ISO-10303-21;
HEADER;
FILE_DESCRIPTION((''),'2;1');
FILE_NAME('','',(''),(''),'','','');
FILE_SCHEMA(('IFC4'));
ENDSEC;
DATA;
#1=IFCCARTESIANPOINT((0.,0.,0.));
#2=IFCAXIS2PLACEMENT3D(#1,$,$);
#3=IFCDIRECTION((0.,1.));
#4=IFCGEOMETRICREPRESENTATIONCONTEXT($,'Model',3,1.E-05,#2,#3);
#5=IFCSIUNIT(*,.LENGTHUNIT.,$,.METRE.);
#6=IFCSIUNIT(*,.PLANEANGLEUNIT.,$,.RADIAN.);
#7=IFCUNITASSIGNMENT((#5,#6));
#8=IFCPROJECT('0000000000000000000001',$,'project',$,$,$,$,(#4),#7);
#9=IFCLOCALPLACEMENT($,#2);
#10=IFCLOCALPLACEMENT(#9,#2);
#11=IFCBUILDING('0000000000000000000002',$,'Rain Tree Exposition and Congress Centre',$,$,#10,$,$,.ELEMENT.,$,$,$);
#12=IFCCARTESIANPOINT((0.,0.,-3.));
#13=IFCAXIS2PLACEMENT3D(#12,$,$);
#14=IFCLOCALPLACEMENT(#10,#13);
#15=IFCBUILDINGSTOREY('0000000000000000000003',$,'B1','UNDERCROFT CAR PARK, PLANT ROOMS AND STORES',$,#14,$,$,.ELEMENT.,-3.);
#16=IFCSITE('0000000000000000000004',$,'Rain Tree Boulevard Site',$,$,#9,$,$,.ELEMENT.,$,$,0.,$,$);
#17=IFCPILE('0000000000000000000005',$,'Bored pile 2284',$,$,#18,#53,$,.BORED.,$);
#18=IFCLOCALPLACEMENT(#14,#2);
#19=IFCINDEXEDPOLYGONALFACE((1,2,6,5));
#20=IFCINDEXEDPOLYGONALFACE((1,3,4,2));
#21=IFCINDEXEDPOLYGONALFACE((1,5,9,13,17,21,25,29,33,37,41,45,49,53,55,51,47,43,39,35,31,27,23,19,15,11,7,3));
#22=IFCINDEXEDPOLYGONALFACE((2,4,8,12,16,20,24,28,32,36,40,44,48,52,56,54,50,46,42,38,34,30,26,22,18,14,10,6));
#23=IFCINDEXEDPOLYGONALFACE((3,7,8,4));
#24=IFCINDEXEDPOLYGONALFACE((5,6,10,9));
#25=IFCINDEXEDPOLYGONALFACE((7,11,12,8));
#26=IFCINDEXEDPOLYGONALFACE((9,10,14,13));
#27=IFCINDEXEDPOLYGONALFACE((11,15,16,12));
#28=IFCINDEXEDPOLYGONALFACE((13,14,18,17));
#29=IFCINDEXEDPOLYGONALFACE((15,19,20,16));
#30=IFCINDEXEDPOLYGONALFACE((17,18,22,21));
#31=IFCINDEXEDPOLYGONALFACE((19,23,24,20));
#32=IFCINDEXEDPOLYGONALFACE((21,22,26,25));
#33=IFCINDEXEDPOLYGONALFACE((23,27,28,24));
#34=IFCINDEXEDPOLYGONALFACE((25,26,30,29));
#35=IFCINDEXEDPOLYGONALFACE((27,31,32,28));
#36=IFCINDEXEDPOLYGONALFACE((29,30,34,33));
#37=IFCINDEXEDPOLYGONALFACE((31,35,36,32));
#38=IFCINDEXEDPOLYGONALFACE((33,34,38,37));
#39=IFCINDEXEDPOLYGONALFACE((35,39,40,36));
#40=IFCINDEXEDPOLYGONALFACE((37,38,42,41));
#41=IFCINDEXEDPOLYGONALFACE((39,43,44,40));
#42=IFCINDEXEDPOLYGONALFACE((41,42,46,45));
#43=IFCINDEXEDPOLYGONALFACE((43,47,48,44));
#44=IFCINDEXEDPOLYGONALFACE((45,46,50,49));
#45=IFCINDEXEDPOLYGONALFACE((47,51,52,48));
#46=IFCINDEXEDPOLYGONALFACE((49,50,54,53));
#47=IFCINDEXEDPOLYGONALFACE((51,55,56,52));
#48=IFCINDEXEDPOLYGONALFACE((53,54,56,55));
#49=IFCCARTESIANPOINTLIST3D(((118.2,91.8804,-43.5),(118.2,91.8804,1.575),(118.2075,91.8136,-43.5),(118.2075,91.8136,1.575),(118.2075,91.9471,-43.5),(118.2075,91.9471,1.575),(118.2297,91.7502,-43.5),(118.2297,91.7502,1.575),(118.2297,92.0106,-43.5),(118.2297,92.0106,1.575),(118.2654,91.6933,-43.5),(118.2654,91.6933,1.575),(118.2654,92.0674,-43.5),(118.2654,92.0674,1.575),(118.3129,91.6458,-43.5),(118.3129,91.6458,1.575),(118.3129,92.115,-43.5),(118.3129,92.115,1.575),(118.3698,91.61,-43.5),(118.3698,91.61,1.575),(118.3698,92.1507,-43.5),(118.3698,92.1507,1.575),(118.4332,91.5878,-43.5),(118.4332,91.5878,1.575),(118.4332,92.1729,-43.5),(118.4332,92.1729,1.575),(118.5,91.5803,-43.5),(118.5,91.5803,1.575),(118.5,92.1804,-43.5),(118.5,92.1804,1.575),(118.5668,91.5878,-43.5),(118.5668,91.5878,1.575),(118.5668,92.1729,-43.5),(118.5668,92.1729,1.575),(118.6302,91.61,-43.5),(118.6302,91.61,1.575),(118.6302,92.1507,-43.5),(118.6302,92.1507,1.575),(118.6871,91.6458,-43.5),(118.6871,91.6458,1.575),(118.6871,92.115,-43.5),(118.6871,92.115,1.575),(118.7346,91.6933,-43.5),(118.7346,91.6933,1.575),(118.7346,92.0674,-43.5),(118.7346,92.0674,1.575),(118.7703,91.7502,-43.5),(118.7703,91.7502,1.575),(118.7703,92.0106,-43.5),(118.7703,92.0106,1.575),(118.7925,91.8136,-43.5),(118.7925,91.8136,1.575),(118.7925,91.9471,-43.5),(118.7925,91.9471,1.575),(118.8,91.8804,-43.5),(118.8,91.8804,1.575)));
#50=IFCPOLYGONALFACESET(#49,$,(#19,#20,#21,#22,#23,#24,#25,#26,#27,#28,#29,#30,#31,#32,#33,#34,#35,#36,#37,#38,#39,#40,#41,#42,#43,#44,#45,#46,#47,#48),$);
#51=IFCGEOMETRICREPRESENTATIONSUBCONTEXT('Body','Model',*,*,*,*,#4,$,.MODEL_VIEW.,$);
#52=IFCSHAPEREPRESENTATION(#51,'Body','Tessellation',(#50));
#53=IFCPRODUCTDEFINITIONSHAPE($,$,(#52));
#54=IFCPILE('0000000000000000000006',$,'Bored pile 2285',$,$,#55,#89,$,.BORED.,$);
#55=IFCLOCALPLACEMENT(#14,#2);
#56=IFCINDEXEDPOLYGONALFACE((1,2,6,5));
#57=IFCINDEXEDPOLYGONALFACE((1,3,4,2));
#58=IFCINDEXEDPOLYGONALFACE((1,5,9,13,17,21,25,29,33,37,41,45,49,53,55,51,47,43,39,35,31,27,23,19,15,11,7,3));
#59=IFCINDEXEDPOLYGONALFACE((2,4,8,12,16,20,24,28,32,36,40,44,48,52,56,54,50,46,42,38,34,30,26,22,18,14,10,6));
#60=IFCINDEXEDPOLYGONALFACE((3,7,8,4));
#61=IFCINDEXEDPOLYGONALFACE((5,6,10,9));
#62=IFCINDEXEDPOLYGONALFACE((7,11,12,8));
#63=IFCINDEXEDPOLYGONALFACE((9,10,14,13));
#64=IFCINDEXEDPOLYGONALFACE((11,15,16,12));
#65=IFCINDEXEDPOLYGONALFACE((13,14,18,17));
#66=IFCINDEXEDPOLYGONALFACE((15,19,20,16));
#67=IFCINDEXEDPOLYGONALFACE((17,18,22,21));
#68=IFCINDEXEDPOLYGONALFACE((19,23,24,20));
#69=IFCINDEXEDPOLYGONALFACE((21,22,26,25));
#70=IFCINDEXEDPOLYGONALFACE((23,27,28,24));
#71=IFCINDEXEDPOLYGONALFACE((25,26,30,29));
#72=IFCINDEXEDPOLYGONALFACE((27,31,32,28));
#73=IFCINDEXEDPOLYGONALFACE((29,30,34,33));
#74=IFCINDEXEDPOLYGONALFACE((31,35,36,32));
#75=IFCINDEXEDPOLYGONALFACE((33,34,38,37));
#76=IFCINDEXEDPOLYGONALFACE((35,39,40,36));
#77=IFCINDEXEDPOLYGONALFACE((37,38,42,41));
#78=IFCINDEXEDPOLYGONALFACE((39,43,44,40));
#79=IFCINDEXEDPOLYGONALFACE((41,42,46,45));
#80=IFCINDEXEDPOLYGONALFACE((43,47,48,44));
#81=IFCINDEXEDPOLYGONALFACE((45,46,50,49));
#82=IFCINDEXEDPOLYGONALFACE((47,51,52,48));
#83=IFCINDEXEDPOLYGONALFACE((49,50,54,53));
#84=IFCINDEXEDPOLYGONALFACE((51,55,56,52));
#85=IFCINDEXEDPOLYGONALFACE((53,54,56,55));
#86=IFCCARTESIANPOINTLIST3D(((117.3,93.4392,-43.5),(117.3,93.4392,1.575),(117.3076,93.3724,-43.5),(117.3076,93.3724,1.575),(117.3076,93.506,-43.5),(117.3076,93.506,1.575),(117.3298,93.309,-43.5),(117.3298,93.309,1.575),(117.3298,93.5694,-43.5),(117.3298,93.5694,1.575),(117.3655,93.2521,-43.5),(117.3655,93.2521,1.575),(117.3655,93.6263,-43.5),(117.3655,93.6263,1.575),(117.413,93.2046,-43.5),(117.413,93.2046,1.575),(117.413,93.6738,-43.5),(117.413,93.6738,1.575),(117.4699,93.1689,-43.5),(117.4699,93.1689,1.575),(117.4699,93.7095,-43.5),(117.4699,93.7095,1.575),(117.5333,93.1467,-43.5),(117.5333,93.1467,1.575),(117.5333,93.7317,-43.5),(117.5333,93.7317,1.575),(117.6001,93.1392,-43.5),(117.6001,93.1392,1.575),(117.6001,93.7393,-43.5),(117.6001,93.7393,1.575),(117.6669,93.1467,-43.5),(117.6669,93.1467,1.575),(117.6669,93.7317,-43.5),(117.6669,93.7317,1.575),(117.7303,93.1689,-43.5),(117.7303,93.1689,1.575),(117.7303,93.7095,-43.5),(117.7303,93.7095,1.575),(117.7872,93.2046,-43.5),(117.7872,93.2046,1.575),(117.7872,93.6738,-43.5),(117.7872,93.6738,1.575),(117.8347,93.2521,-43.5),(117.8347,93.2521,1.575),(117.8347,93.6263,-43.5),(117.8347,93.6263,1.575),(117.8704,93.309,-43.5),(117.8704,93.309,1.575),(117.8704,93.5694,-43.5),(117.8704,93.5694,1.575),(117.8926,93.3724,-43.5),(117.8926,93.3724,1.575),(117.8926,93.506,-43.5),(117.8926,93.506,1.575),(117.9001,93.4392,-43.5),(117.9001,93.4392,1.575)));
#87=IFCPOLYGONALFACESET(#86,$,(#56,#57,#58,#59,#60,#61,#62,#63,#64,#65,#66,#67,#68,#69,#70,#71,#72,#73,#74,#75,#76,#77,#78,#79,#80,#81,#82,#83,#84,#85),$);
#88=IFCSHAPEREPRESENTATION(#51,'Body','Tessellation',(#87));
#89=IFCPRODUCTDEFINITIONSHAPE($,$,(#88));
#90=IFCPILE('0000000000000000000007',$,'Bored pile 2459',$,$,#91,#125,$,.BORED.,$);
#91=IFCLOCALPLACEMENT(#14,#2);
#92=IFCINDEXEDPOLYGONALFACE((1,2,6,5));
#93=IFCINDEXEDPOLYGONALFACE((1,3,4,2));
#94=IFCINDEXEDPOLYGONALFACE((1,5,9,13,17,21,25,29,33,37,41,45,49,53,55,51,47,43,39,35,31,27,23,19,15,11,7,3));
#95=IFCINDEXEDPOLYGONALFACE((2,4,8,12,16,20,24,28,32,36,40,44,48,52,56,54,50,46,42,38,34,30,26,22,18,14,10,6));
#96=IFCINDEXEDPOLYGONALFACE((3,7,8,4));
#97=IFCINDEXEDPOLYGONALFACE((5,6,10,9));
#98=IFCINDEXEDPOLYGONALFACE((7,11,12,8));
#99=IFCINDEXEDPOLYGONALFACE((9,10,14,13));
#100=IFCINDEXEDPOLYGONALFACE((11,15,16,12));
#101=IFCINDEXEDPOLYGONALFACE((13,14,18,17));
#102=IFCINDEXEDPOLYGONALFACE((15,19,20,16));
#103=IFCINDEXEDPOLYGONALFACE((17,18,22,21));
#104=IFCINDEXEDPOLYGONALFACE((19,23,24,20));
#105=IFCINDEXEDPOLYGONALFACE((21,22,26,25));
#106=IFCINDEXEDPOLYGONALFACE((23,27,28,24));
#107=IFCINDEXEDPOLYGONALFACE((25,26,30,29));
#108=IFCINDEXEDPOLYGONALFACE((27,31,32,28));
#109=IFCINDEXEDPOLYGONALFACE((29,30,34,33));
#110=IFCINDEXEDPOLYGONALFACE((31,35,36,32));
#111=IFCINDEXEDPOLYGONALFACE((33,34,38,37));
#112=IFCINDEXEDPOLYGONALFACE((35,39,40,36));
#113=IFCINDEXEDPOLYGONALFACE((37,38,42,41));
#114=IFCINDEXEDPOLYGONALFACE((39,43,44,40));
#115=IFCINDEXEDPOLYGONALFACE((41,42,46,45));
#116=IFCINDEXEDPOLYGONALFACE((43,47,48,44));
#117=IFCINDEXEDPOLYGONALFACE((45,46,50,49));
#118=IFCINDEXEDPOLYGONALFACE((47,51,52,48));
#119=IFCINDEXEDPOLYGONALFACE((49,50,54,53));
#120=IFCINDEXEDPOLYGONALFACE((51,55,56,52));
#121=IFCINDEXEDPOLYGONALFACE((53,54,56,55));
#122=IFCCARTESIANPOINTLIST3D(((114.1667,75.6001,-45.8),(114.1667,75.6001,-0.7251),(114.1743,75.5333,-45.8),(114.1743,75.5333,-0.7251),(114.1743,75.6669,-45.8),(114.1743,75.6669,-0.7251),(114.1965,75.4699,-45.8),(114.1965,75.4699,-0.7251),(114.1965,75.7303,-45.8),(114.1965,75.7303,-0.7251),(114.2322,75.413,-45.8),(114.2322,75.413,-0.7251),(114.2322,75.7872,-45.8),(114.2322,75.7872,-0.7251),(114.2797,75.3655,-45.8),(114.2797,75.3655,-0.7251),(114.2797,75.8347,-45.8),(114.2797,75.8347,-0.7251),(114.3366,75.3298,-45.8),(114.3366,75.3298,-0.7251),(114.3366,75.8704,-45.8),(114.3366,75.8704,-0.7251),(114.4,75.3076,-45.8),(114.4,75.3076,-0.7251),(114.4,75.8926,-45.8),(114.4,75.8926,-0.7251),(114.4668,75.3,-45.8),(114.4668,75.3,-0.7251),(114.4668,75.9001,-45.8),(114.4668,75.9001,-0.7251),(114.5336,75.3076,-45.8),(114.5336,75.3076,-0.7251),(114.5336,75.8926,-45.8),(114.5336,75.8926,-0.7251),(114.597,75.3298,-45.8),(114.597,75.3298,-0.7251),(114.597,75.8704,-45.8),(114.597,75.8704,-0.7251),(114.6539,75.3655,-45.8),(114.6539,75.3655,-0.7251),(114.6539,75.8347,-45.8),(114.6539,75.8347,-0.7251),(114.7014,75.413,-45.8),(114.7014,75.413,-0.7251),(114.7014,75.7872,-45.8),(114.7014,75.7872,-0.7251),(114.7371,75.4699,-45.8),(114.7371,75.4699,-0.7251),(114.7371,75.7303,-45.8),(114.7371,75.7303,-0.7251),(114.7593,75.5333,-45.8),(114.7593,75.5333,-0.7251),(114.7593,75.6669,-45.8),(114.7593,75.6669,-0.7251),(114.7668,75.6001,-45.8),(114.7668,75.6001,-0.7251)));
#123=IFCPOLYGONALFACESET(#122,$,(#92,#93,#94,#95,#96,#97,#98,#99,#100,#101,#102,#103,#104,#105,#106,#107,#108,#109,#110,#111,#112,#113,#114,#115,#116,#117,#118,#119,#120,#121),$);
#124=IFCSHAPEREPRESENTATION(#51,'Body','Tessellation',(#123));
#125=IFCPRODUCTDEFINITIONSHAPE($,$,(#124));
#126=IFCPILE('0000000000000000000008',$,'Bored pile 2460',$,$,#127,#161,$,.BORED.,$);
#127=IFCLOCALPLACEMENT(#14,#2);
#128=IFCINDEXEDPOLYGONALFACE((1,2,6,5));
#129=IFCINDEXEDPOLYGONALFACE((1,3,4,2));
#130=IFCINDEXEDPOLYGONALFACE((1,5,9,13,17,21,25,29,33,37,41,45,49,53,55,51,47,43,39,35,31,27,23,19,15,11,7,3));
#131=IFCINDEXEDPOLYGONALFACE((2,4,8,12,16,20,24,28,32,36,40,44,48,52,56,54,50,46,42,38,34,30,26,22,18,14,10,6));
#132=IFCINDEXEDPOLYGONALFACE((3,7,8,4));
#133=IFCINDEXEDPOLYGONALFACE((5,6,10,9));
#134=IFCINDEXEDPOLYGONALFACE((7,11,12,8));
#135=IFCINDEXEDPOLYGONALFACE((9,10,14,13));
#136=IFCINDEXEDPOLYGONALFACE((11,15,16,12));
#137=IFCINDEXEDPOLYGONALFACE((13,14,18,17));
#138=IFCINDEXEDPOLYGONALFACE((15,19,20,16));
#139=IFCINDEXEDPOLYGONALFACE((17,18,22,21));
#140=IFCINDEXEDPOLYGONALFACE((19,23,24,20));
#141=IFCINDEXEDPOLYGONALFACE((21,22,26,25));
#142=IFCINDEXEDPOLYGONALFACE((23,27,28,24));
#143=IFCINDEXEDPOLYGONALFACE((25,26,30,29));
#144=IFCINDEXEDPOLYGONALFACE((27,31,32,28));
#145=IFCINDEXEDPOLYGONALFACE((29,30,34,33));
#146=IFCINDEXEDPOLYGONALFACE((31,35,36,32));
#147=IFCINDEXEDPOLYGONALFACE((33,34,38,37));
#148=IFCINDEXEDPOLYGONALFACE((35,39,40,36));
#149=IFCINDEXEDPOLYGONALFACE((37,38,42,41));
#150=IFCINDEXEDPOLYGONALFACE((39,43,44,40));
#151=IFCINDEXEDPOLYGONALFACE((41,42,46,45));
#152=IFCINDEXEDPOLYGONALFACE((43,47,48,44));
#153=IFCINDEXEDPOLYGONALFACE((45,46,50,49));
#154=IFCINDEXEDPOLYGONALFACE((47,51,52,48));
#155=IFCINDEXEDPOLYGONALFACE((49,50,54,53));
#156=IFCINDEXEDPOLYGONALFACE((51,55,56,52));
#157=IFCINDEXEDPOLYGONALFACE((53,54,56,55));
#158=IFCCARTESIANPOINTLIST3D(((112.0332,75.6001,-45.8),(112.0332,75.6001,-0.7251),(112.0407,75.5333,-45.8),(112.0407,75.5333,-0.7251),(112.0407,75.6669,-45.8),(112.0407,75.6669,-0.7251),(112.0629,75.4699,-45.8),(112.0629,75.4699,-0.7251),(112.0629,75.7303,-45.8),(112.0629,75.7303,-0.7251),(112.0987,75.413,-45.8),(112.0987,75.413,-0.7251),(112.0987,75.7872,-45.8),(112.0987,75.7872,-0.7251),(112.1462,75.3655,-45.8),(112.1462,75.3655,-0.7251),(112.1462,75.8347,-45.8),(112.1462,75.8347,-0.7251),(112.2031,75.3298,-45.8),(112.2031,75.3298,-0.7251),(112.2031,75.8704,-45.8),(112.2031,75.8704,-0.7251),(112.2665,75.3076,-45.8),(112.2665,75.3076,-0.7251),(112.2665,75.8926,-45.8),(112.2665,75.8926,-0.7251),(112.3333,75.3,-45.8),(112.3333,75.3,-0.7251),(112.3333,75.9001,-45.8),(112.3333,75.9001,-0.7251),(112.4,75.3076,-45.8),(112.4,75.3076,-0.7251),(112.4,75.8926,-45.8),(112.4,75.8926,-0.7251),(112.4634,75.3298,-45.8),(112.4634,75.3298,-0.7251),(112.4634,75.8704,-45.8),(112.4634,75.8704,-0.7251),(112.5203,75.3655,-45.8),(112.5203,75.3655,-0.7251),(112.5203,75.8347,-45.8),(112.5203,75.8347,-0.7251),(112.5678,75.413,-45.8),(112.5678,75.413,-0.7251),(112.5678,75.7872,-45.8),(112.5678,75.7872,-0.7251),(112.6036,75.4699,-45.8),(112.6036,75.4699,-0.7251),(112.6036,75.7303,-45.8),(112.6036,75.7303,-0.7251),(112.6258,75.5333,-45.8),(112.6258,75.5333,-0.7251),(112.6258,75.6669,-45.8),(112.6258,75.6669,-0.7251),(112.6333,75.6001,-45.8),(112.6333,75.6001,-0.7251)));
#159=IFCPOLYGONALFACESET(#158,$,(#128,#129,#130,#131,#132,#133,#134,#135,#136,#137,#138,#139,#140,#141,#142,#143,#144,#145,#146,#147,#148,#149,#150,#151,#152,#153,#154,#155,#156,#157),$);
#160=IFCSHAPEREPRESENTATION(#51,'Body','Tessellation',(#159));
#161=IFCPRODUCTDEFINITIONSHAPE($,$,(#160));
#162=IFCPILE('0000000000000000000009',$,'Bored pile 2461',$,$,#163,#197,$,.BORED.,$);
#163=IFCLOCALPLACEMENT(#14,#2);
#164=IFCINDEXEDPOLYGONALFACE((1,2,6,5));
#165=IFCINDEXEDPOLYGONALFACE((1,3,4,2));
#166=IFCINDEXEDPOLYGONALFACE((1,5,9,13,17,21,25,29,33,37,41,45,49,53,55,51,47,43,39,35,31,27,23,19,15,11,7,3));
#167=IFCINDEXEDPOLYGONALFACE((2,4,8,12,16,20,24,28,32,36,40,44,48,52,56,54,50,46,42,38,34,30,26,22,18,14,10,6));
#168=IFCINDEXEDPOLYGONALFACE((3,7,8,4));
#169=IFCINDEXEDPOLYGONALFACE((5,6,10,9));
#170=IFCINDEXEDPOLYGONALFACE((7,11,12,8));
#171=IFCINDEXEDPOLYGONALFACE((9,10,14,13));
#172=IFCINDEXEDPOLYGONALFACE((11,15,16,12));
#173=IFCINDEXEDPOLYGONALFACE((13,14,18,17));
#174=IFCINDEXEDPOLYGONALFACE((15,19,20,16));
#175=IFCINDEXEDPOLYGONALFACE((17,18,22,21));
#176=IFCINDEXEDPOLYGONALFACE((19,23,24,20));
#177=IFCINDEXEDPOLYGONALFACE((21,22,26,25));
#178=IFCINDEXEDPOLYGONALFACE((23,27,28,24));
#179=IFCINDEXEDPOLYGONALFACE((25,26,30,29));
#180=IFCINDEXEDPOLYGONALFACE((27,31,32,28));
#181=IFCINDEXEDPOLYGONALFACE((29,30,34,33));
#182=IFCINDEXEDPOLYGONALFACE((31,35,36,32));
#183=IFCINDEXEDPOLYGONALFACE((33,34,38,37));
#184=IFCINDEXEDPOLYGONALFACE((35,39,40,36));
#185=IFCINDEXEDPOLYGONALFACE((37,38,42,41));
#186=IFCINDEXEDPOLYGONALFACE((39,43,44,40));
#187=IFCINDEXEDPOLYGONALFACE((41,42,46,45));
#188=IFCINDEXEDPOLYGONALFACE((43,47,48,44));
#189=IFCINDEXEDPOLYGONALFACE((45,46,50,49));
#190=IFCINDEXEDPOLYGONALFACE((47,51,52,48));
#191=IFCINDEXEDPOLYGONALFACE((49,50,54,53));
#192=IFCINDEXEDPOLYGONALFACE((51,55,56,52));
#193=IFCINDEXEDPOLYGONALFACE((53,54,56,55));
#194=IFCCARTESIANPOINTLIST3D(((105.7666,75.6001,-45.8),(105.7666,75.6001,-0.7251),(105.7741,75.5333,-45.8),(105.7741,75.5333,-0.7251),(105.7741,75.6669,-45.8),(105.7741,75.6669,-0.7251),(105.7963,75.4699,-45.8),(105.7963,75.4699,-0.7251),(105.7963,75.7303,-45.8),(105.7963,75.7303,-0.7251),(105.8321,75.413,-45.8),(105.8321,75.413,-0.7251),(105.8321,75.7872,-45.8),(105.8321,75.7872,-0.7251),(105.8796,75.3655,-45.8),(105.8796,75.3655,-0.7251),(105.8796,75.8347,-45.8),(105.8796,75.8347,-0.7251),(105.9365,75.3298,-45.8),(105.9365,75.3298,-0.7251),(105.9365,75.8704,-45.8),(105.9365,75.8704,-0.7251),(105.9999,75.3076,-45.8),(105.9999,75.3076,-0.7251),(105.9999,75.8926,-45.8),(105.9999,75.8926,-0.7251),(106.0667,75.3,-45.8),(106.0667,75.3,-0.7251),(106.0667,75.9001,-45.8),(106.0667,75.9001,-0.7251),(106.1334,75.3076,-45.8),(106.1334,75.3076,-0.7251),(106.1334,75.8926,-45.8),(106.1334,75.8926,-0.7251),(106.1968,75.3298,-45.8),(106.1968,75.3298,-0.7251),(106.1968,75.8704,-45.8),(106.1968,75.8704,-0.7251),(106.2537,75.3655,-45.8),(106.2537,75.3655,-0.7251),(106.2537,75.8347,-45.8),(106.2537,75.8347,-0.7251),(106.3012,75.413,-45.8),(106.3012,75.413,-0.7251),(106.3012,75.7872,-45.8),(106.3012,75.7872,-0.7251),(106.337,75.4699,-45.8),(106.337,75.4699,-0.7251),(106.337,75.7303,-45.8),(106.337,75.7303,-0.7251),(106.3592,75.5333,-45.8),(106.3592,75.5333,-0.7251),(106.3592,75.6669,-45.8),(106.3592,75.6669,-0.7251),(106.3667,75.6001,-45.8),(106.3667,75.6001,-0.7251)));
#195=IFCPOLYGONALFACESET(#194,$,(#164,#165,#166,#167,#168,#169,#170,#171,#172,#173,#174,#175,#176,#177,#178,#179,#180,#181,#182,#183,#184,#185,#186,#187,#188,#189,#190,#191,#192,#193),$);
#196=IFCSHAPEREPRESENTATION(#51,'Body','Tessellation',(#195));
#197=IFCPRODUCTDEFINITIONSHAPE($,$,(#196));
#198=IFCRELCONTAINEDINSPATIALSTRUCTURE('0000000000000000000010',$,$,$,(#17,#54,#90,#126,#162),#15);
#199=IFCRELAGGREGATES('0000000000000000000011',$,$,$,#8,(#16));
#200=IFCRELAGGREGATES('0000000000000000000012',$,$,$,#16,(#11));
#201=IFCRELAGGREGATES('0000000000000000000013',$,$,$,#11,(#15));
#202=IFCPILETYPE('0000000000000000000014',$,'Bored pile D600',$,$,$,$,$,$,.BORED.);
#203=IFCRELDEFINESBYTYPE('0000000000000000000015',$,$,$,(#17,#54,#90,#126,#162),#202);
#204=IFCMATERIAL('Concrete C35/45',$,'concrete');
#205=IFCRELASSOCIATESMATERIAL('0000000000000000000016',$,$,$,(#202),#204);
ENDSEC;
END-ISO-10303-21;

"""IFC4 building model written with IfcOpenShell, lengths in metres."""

from ifc_helpers import new_model, si_unit, direction, frame, origin, origin_2d, place, context, subcontext, project, spatial, circle, extrude, material, material_profile, profile_set, type_object, element, save


model = new_model("IFC4")

# Units and contexts
model_context = context("Model", 3, precision=1e-05, world=origin(), true_north=direction((0.0, 1.0)))
body_context = subcontext(model_context, "Body", "Model", "MODEL_VIEW")
ifc_project = project(units=[si_unit("LENGTHUNIT", "METRE"), si_unit("PLANEANGLEUNIT", "RADIAN")], contexts=[model_context])

# Site, building, storey
site_placement = place(None, origin())
site = spatial("IfcSite", under=ifc_project, at=site_placement, Name="Rain Tree Boulevard Site", CompositionType="ELEMENT", RefElevation=0.0)
building_placement = place(site_placement, origin())
building = spatial("IfcBuilding", under=site, at=building_placement, Name="Rain Tree Exposition and Congress Centre", CompositionType="ELEMENT")
storey_placement = place(building_placement, frame((0.0, 0.0, -3.0)))
storey = spatial("IfcBuildingStorey", under=building, at=storey_placement, Name="B1", Description="UNDERCROFT CAR PARK, PLANT ROOMS AND STORES", CompositionType="ELEMENT", Elevation=-3.0)

# Piles
ifc_material_1 = material(Name="Concrete C35/45", Category="concrete")
ifc_material_profile_1 = material_profile(ifc_material_1, circle(Radius=0.3, at=origin_2d()), Name="D600")
ifc_profile_set_1 = profile_set([ifc_material_profile_1], Name="Concrete C35/45")
pile_type_1 = type_object("IfcPileType", Name="Bored pile D600", PredefinedType="BORED", material=ifc_profile_set_1)
for number, where, z_axis, x_axis, name in (
    (1, (118.5, 91.8804, 1.575), (0.0, 0.0, -1.0), (1.0, 0.0, 0.0), "Bored pile 2284"),
    (2, (117.6001, 93.4392, 1.575), (0.0, 0.0, -1.0), (1.0, 0.0, 0.0), "Bored pile 2285"),
    (3, (114.4668, 75.6001, -0.7251), (0.0, 0.0, -1.0), (1.0, 0.0, 0.0), "Bored pile 2459"),
    (4, (112.3333, 75.6001, -0.7251), (0.0, 0.0, -1.0), (1.0, 0.0, 0.0), "Bored pile 2460"),
    (5, (106.0667, 75.6001, -0.7251), (0.0, 0.0, -1.0), (1.0, 0.0, 0.0), "Bored pile 2461"),
):
    element("IfcPile", number, at=place(storey_placement, frame(where, z_axis=z_axis, x_axis=x_axis)), inside=storey, type_object=pile_type_1, Name=name, PredefinedType="BORED", context=body_context, shape_type="SweptSolid", body=[
        extrude(circle(Radius=0.3, at=origin_2d()), origin(), (0.0, 0.0, 1.0), 45.075),
    ])

save(model, "model.ifc")
